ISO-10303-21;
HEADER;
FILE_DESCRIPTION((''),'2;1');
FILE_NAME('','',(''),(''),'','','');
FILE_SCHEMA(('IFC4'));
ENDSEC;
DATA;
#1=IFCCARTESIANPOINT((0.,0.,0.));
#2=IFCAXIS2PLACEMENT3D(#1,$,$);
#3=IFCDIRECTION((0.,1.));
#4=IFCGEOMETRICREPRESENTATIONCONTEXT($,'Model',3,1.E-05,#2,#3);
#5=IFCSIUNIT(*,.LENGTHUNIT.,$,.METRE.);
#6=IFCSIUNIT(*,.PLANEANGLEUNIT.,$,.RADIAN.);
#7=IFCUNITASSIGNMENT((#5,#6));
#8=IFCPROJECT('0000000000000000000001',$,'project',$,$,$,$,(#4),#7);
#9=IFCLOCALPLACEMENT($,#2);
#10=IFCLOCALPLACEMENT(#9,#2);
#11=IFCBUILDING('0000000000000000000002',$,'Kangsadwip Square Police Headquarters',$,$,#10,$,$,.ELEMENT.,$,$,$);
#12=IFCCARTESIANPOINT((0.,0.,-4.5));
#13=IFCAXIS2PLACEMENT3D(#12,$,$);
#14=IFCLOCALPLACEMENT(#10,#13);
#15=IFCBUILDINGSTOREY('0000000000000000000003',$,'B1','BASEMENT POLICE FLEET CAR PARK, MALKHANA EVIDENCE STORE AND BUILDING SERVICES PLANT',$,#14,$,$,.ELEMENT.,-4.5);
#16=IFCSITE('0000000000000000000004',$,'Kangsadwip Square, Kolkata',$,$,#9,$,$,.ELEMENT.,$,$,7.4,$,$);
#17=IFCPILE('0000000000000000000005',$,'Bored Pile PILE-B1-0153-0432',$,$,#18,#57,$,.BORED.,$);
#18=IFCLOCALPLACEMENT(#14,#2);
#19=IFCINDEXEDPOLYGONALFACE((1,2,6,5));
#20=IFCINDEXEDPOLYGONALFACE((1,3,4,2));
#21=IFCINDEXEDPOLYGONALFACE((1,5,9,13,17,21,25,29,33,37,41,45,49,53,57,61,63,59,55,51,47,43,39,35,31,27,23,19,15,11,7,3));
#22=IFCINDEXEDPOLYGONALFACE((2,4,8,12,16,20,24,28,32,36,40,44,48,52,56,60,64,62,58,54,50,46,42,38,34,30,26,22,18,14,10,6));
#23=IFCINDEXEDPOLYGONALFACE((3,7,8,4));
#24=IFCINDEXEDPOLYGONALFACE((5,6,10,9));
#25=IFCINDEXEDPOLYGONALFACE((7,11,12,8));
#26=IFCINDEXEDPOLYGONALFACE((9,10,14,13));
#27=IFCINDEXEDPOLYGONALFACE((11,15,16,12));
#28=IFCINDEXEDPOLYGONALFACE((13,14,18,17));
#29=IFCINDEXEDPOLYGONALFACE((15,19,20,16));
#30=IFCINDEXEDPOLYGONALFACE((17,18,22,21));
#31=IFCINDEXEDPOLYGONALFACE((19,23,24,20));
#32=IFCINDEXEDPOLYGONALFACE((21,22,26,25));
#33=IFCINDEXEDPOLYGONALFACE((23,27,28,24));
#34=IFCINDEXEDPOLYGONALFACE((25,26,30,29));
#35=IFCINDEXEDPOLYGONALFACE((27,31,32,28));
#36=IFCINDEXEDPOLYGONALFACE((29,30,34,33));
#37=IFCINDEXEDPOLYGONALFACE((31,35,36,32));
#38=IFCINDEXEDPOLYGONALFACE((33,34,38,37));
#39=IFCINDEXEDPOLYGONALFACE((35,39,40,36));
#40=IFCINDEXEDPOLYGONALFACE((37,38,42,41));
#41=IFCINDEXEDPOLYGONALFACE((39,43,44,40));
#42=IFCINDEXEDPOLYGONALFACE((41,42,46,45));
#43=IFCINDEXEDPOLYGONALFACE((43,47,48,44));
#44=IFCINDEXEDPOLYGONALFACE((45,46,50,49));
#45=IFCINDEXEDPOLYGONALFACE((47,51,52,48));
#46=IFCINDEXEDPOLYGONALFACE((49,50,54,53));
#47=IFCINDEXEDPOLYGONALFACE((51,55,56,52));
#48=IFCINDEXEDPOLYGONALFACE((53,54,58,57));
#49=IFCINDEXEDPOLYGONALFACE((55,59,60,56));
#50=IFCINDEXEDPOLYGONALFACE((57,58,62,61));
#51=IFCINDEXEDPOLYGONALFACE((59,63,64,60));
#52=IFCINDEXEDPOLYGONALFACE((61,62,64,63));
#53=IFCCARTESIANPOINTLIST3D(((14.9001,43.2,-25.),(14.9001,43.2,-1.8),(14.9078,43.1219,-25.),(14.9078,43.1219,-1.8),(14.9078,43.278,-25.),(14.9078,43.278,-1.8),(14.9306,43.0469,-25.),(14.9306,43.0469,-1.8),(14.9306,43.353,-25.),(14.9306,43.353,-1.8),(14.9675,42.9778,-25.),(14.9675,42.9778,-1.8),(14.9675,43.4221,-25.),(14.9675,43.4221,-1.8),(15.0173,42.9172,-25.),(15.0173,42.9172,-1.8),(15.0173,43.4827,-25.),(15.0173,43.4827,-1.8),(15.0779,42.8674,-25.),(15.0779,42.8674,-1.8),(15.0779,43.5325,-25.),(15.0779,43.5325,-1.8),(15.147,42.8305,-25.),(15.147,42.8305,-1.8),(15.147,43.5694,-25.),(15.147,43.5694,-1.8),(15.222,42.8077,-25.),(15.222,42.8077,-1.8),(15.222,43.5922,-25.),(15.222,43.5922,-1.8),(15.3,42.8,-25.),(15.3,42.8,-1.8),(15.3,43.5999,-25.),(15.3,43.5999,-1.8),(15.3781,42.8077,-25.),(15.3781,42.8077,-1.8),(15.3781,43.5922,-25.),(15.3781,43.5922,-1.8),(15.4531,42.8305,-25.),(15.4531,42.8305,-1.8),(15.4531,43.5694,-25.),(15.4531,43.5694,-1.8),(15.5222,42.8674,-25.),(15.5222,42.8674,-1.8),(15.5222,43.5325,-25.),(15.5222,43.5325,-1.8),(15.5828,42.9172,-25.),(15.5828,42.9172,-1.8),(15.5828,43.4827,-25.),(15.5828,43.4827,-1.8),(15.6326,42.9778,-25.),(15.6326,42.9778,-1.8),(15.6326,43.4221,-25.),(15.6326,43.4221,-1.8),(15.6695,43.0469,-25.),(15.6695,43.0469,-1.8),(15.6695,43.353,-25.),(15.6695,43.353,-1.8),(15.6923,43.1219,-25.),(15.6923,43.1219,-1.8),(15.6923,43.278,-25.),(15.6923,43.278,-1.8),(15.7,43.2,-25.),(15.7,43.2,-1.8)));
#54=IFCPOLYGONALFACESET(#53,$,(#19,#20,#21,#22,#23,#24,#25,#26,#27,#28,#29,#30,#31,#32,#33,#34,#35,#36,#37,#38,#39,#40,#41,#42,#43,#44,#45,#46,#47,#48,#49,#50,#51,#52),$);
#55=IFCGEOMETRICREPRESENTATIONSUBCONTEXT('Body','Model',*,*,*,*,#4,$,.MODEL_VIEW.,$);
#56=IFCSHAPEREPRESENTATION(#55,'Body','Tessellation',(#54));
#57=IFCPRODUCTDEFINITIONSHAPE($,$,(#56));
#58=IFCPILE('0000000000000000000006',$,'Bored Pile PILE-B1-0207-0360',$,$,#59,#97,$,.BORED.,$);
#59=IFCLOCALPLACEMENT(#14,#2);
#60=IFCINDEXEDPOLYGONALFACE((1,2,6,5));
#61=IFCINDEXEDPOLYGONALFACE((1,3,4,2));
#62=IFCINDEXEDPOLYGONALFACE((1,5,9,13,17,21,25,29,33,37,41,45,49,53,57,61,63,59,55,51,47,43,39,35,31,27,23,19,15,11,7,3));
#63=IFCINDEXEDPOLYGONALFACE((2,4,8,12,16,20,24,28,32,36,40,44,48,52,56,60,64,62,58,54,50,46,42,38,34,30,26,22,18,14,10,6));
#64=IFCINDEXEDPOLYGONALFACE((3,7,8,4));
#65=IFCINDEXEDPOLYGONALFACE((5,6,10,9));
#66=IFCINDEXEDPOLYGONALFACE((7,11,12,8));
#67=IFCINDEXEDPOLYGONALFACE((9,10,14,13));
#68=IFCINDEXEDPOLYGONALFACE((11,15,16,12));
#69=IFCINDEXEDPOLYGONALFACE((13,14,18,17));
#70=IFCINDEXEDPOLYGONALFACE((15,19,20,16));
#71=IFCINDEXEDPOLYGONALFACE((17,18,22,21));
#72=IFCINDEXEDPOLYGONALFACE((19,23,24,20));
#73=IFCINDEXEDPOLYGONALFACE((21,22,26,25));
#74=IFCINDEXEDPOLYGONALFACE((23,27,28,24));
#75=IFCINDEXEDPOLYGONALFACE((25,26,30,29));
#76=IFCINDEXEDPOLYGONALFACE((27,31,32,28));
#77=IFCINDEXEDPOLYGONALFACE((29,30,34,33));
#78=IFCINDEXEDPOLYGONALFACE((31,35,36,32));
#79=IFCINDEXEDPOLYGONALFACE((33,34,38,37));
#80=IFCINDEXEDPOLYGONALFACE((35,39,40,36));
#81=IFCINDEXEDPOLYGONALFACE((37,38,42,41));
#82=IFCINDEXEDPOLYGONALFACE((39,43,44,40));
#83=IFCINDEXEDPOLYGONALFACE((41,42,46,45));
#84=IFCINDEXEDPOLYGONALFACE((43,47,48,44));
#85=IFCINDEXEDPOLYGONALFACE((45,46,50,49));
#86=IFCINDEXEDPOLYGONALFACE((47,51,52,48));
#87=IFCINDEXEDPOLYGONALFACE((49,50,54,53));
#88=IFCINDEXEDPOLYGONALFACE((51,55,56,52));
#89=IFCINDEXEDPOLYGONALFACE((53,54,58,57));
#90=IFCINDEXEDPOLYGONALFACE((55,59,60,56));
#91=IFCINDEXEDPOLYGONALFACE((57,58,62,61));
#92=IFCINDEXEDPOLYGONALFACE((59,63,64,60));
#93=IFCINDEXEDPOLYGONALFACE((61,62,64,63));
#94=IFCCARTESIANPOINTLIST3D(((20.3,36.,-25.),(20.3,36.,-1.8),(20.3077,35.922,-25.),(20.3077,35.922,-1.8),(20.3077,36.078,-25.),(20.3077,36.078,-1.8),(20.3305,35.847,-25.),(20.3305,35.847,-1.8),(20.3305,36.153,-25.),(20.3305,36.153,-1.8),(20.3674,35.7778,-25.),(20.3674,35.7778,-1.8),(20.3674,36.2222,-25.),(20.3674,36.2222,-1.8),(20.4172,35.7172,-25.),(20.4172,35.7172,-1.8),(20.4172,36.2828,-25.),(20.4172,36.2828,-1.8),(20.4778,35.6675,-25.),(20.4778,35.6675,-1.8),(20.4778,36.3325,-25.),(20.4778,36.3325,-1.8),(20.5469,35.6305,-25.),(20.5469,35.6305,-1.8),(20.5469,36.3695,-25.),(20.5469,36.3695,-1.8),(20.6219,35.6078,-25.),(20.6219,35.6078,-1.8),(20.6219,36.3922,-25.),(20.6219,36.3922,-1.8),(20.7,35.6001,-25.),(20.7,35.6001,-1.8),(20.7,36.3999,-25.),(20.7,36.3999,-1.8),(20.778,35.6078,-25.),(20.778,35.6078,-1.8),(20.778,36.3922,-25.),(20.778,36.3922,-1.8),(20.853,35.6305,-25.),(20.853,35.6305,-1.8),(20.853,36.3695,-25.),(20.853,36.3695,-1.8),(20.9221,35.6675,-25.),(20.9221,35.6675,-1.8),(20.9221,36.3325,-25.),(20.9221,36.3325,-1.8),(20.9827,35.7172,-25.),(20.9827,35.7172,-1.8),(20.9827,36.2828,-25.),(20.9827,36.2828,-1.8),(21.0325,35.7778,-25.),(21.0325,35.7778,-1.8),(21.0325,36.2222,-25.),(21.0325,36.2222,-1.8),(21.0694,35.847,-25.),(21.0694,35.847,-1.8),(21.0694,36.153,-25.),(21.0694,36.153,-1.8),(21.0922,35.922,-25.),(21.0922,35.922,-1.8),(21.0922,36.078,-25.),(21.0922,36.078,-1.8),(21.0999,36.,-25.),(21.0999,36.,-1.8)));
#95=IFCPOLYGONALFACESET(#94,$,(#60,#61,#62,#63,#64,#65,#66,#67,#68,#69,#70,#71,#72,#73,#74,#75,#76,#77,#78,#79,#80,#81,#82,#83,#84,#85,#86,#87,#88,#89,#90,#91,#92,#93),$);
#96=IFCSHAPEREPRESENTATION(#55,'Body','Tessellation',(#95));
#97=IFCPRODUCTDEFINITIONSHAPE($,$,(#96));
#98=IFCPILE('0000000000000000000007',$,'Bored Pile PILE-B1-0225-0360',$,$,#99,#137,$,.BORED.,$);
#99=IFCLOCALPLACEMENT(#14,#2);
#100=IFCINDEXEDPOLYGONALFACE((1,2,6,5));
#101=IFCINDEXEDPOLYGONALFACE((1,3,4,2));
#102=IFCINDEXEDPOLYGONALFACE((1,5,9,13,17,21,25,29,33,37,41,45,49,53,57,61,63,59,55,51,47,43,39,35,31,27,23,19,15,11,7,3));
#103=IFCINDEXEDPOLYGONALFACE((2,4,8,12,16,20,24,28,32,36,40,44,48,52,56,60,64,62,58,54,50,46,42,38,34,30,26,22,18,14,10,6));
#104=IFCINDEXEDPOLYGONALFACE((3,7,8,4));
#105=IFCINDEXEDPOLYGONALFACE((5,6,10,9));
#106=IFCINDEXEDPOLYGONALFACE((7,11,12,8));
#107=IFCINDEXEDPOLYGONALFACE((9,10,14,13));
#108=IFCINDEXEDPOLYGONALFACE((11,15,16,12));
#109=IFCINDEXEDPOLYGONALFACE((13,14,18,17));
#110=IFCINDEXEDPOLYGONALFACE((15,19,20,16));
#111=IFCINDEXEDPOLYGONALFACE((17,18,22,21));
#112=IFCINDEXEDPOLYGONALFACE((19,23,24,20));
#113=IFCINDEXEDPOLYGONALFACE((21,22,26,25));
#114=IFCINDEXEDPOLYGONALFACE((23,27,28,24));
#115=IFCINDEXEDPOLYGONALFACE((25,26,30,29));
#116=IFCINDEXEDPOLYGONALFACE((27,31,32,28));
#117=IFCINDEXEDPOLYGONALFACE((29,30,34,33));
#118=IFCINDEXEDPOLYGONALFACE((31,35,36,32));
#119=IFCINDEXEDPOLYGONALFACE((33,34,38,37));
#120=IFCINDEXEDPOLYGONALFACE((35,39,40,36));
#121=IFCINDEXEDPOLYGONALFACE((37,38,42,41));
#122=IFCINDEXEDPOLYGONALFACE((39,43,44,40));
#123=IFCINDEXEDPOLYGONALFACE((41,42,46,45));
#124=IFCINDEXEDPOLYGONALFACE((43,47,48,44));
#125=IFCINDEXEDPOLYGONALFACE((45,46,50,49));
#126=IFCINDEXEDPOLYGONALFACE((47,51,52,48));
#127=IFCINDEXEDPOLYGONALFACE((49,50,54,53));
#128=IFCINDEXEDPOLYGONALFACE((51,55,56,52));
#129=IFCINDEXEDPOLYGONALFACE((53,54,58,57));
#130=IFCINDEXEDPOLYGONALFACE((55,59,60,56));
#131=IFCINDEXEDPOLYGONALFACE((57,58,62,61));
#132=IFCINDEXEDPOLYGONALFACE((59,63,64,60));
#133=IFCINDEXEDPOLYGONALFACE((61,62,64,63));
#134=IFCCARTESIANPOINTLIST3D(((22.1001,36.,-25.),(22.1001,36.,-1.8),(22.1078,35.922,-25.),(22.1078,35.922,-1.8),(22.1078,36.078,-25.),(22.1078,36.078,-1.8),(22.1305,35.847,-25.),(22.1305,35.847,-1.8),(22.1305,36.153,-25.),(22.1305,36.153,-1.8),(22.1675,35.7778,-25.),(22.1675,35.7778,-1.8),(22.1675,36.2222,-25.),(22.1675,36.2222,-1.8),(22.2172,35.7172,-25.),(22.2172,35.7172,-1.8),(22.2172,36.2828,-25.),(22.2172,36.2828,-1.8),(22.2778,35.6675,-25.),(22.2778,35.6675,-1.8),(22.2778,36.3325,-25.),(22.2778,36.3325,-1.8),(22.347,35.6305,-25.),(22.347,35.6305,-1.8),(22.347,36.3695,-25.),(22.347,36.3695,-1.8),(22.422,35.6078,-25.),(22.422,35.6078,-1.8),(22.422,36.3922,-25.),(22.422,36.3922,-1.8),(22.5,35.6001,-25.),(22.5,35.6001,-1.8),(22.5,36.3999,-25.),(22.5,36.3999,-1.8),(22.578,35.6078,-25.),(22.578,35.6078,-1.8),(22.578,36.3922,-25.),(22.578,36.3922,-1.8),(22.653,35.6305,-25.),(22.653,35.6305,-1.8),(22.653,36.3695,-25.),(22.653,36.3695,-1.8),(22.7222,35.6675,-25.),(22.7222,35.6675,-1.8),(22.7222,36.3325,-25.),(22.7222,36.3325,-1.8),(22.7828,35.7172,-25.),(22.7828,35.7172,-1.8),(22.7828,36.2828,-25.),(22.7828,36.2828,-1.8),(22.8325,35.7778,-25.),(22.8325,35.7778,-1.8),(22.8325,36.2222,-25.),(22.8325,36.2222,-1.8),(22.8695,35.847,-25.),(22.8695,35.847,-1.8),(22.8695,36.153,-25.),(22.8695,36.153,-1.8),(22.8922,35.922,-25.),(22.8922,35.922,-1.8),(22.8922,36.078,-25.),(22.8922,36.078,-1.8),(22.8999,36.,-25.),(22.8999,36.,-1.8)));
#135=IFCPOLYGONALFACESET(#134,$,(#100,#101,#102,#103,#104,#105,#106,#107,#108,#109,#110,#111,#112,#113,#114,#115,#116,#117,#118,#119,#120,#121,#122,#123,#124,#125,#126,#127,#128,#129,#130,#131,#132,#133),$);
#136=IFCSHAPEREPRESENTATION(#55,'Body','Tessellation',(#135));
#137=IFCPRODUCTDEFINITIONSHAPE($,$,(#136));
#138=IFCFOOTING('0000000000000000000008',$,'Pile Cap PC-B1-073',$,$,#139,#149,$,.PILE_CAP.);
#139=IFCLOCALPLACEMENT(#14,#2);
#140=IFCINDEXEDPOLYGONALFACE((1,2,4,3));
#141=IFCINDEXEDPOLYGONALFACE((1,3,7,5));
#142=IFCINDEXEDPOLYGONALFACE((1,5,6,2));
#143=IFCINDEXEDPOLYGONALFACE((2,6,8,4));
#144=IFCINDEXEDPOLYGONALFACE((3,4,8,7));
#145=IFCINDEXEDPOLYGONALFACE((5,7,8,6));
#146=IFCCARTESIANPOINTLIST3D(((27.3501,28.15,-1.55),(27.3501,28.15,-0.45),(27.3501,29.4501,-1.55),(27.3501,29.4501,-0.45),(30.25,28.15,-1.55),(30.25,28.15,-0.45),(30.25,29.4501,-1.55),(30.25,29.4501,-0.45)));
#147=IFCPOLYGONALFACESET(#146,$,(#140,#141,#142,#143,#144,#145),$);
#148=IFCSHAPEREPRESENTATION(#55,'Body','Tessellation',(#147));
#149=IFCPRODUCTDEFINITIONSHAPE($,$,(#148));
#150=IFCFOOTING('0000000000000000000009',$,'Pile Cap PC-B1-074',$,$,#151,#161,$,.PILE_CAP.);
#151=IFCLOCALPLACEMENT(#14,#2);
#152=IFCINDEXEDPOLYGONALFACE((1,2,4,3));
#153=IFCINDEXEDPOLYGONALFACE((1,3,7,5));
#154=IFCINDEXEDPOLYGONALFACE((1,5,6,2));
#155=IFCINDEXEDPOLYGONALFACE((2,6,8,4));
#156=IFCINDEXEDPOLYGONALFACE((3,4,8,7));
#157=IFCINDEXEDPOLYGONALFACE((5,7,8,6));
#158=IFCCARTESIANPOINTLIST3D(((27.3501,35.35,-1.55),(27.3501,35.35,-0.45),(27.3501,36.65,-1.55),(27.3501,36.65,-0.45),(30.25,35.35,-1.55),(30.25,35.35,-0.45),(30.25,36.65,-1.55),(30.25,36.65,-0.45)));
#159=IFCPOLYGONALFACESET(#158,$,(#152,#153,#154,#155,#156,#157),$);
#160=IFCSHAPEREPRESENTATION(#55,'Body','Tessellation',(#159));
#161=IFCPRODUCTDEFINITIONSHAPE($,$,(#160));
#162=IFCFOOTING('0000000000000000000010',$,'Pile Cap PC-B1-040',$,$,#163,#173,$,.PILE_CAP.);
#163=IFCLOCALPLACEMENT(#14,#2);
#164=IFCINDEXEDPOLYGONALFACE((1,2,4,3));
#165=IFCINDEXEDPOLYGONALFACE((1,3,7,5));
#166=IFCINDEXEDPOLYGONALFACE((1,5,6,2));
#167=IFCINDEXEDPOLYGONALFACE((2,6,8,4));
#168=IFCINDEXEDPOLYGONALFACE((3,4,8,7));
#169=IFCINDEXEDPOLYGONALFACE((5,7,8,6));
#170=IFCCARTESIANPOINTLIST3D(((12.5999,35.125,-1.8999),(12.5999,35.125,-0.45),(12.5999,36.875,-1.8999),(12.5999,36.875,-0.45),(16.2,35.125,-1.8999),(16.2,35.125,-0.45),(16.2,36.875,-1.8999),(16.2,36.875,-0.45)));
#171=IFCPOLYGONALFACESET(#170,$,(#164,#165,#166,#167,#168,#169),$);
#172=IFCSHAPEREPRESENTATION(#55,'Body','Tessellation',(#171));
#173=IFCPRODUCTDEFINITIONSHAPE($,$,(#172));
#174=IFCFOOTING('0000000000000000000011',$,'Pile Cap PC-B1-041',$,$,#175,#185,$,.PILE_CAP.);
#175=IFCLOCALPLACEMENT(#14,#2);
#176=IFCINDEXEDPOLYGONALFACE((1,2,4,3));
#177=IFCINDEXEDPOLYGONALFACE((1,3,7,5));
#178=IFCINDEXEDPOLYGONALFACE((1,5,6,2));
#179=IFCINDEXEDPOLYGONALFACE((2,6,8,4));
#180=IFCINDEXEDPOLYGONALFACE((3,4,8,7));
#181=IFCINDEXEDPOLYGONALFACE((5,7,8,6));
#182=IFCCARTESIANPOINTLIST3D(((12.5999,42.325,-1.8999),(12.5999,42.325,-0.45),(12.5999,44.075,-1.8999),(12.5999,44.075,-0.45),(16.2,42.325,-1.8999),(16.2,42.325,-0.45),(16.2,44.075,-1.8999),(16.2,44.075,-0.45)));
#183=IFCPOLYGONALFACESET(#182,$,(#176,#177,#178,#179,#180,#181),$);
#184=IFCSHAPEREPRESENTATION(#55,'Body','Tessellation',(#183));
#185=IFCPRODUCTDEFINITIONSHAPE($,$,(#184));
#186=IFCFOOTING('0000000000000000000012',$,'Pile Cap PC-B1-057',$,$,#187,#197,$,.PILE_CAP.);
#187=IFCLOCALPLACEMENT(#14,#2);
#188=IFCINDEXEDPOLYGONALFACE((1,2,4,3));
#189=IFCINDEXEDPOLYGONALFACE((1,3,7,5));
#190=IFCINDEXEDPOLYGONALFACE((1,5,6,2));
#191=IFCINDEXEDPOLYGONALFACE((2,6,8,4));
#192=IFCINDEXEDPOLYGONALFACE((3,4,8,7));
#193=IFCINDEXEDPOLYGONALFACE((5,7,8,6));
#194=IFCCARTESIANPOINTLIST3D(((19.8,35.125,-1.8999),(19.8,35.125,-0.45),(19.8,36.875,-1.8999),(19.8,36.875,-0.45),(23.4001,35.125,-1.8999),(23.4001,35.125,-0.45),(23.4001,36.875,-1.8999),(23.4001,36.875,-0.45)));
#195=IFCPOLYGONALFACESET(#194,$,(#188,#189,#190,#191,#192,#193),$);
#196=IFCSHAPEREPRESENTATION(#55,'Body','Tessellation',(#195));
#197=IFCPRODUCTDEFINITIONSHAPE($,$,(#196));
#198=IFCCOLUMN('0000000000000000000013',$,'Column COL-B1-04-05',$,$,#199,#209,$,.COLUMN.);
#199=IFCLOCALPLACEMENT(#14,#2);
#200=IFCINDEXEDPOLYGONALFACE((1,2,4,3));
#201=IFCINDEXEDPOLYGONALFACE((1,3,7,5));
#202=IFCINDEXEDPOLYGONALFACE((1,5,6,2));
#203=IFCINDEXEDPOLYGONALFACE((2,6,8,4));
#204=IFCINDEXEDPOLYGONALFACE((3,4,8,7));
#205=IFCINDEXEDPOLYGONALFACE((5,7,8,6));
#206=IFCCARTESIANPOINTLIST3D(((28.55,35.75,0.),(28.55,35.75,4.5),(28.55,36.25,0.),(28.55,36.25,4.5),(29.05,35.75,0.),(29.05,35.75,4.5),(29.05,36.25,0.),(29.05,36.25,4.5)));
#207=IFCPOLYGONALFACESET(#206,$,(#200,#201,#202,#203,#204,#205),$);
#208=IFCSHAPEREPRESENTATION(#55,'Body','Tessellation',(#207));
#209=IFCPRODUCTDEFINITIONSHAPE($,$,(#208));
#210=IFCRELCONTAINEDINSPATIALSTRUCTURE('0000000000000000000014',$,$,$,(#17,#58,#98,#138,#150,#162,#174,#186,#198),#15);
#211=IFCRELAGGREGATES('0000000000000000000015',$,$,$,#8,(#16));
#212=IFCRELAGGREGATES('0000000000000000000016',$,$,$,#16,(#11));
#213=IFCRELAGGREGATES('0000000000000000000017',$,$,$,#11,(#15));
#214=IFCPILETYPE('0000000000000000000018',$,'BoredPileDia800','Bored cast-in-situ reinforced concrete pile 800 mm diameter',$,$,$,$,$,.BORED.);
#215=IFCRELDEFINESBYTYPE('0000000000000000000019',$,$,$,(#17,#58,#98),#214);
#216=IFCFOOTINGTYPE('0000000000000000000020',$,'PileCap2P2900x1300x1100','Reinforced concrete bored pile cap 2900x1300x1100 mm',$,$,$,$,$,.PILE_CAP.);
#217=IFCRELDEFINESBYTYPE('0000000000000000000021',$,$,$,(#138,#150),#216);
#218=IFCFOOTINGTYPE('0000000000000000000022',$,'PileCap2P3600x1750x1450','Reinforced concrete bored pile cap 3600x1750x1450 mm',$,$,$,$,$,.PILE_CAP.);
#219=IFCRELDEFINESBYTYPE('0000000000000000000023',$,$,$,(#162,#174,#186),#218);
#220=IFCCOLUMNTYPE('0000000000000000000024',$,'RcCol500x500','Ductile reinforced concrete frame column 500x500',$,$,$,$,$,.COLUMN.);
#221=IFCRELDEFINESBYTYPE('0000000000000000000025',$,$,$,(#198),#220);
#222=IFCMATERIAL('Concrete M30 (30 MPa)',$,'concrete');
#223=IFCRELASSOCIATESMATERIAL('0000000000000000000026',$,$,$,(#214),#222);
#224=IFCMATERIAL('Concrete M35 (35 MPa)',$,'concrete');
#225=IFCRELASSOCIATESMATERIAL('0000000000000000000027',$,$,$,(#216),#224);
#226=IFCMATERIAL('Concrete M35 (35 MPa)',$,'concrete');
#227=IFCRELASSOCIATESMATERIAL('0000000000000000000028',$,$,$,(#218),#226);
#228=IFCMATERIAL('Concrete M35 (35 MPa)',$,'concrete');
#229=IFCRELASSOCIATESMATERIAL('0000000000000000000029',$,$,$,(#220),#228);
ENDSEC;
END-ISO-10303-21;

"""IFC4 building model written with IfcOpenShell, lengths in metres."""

from ifc_helpers import new_model, si_unit, direction, frame, origin, origin_2d, place, context, subcontext, project, spatial, rectangle, circle, extrude, material, material_profile, profile_set, type_object, element, save


model = new_model("IFC4")

# Units and contexts
model_context = context("Model", 3, precision=1e-05, world=origin(), true_north=direction((0.0, 1.0)))
body_context = subcontext(model_context, "Body", "Model", "MODEL_VIEW")
ifc_project = project(units=[si_unit("LENGTHUNIT", "METRE"), si_unit("PLANEANGLEUNIT", "RADIAN")], contexts=[model_context])

# Site, building, storey
site_placement = place(None, origin())
site = spatial("IfcSite", under=ifc_project, at=site_placement, Name="Kangsadwip Square, Kolkata", CompositionType="ELEMENT", RefElevation=7.4)
building_placement = place(site_placement, origin())
building = spatial("IfcBuilding", under=site, at=building_placement, Name="Kangsadwip Square Police Headquarters", CompositionType="ELEMENT")
storey_placement = place(building_placement, frame((0.0, 0.0, -4.5)))
storey = spatial("IfcBuildingStorey", under=building, at=storey_placement, Name="B1", Description="BASEMENT POLICE FLEET CAR PARK, MALKHANA EVIDENCE STORE AND BUILDING SERVICES PLANT", CompositionType="ELEMENT", Elevation=-4.5)

# Piles
ifc_material_1 = material(Name="Concrete M30 (30 MPa)", Category="concrete")
ifc_material_profile_1 = material_profile(ifc_material_1, circle(Radius=0.3999, at=origin_2d()), Name="PILE DIA 800")
ifc_profile_set_1 = profile_set([ifc_material_profile_1], Name="Concrete M30 (30 MPa)")
pile_type_1 = type_object("IfcPileType", Name="BoredPileDia800", Description="Bored cast-in-situ reinforced concrete pile 800 mm diameter", PredefinedType="BORED", material=ifc_profile_set_1)
for number, where, z_axis, x_axis, name in (
    (1, (15.3, 43.2, -1.8), (0.0, 0.0, -1.0), (1.0, 0.0, 0.0), "Bored Pile PILE-B1-0153-0432"),
    (2, (20.7, 36.0, -1.8), (0.0, 0.0, -1.0), (1.0, 0.0, 0.0), "Bored Pile PILE-B1-0207-0360"),
    (3, (22.5, 36.0, -1.8), (0.0, 0.0, -1.0), (1.0, 0.0, 0.0), "Bored Pile PILE-B1-0225-0360"),
):
    element("IfcPile", number, at=place(storey_placement, frame(where, z_axis=z_axis, x_axis=x_axis)), inside=storey, type_object=pile_type_1, Name=name, PredefinedType="BORED", context=body_context, shape_type="SweptSolid", body=[
        extrude(circle(Radius=0.3999, at=origin_2d()), origin(), (0.0, 0.0, 1.0), 23.2),
    ])

# Footings
ifc_material_2 = material(Name="Concrete M35 (35 MPa)", Category="concrete")
footing_type_1 = type_object("IfcFootingType", Name="PileCap2P2900x1300x1100", Description="Reinforced concrete bored pile cap 2900x1300x1100 mm", PredefinedType="PILE_CAP", material=ifc_material_2)
for number, where, z_axis, x_axis, name in (
    (4, (28.8, 28.8, -1.55), (0.0, 0.0, 1.0), (1.0, 0.0, 0.0), "Pile Cap PC-B1-073"),
    (5, (28.8, 36.0, -1.55), (0.0, 0.0, 1.0), (1.0, 0.0, 0.0), "Pile Cap PC-B1-074"),
):
    element("IfcFooting", number, at=place(storey_placement, frame(where, z_axis=z_axis, x_axis=x_axis)), inside=storey, type_object=footing_type_1, Name=name, PredefinedType="PILE_CAP", context=body_context, shape_type="SweptSolid", body=[
        extrude(rectangle(XDim=2.8999, YDim=1.3, at=origin_2d()), origin(), (0.0, 0.0, 1.0), 1.1001),
    ])
ifc_material_3 = material(Name="Concrete M35 (35 MPa)", Category="concrete")
footing_type_2 = type_object("IfcFootingType", Name="PileCap2P3600x1750x1450", Description="Reinforced concrete bored pile cap 3600x1750x1450 mm", PredefinedType="PILE_CAP", material=ifc_material_3)
for number, where, z_axis, x_axis, name in (
    (6, (14.3999, 36.0, -1.8999), (0.0, 0.0, 1.0), (1.0, 0.0, 0.0), "Pile Cap PC-B1-040"),
    (7, (14.3999, 43.2, -1.8999), (0.0, 0.0, 1.0), (1.0, 0.0, 0.0), "Pile Cap PC-B1-041"),
    (8, (21.6001, 36.0, -1.8999), (0.0, 0.0, 1.0), (1.0, 0.0, 0.0), "Pile Cap PC-B1-057"),
):
    element("IfcFooting", number, at=place(storey_placement, frame(where, z_axis=z_axis, x_axis=x_axis)), inside=storey, type_object=footing_type_2, Name=name, PredefinedType="PILE_CAP", context=body_context, shape_type="SweptSolid", body=[
        extrude(rectangle(XDim=3.6001, YDim=1.75, at=origin_2d()), origin(), (0.0, 0.0, 1.0), 1.45),
    ])

# Column
ifc_material_4 = material(Name="Concrete M35 (35 MPa)", Category="concrete")
ifc_material_profile_2 = material_profile(ifc_material_4, rectangle(XDim=0.5, YDim=0.5, at=origin_2d()), Name="RC COL 500X500")
ifc_profile_set_2 = profile_set([ifc_material_profile_2], Name="Concrete M35 (35 MPa)")
column_type_1 = type_object("IfcColumnType", Name="RcCol500x500", Description="Ductile reinforced concrete frame column 500x500", PredefinedType="COLUMN", material=ifc_profile_set_2)
column_1_placement = place(storey_placement, frame((28.8, 36.0, 0.0), z_axis=(0.0, 0.0, 1.0), x_axis=(1.0, 0.0, 0.0)))
element("IfcColumn", 9, at=column_1_placement, inside=storey, type_object=column_type_1, Name="Column COL-B1-04-05", PredefinedType="COLUMN", context=body_context, shape_type="SweptSolid", body=[
    extrude(rectangle(XDim=0.5, YDim=0.5, at=origin_2d()), origin(), (0.0, 0.0, 1.0), 4.5),
])

save(model, "model.ifc")
